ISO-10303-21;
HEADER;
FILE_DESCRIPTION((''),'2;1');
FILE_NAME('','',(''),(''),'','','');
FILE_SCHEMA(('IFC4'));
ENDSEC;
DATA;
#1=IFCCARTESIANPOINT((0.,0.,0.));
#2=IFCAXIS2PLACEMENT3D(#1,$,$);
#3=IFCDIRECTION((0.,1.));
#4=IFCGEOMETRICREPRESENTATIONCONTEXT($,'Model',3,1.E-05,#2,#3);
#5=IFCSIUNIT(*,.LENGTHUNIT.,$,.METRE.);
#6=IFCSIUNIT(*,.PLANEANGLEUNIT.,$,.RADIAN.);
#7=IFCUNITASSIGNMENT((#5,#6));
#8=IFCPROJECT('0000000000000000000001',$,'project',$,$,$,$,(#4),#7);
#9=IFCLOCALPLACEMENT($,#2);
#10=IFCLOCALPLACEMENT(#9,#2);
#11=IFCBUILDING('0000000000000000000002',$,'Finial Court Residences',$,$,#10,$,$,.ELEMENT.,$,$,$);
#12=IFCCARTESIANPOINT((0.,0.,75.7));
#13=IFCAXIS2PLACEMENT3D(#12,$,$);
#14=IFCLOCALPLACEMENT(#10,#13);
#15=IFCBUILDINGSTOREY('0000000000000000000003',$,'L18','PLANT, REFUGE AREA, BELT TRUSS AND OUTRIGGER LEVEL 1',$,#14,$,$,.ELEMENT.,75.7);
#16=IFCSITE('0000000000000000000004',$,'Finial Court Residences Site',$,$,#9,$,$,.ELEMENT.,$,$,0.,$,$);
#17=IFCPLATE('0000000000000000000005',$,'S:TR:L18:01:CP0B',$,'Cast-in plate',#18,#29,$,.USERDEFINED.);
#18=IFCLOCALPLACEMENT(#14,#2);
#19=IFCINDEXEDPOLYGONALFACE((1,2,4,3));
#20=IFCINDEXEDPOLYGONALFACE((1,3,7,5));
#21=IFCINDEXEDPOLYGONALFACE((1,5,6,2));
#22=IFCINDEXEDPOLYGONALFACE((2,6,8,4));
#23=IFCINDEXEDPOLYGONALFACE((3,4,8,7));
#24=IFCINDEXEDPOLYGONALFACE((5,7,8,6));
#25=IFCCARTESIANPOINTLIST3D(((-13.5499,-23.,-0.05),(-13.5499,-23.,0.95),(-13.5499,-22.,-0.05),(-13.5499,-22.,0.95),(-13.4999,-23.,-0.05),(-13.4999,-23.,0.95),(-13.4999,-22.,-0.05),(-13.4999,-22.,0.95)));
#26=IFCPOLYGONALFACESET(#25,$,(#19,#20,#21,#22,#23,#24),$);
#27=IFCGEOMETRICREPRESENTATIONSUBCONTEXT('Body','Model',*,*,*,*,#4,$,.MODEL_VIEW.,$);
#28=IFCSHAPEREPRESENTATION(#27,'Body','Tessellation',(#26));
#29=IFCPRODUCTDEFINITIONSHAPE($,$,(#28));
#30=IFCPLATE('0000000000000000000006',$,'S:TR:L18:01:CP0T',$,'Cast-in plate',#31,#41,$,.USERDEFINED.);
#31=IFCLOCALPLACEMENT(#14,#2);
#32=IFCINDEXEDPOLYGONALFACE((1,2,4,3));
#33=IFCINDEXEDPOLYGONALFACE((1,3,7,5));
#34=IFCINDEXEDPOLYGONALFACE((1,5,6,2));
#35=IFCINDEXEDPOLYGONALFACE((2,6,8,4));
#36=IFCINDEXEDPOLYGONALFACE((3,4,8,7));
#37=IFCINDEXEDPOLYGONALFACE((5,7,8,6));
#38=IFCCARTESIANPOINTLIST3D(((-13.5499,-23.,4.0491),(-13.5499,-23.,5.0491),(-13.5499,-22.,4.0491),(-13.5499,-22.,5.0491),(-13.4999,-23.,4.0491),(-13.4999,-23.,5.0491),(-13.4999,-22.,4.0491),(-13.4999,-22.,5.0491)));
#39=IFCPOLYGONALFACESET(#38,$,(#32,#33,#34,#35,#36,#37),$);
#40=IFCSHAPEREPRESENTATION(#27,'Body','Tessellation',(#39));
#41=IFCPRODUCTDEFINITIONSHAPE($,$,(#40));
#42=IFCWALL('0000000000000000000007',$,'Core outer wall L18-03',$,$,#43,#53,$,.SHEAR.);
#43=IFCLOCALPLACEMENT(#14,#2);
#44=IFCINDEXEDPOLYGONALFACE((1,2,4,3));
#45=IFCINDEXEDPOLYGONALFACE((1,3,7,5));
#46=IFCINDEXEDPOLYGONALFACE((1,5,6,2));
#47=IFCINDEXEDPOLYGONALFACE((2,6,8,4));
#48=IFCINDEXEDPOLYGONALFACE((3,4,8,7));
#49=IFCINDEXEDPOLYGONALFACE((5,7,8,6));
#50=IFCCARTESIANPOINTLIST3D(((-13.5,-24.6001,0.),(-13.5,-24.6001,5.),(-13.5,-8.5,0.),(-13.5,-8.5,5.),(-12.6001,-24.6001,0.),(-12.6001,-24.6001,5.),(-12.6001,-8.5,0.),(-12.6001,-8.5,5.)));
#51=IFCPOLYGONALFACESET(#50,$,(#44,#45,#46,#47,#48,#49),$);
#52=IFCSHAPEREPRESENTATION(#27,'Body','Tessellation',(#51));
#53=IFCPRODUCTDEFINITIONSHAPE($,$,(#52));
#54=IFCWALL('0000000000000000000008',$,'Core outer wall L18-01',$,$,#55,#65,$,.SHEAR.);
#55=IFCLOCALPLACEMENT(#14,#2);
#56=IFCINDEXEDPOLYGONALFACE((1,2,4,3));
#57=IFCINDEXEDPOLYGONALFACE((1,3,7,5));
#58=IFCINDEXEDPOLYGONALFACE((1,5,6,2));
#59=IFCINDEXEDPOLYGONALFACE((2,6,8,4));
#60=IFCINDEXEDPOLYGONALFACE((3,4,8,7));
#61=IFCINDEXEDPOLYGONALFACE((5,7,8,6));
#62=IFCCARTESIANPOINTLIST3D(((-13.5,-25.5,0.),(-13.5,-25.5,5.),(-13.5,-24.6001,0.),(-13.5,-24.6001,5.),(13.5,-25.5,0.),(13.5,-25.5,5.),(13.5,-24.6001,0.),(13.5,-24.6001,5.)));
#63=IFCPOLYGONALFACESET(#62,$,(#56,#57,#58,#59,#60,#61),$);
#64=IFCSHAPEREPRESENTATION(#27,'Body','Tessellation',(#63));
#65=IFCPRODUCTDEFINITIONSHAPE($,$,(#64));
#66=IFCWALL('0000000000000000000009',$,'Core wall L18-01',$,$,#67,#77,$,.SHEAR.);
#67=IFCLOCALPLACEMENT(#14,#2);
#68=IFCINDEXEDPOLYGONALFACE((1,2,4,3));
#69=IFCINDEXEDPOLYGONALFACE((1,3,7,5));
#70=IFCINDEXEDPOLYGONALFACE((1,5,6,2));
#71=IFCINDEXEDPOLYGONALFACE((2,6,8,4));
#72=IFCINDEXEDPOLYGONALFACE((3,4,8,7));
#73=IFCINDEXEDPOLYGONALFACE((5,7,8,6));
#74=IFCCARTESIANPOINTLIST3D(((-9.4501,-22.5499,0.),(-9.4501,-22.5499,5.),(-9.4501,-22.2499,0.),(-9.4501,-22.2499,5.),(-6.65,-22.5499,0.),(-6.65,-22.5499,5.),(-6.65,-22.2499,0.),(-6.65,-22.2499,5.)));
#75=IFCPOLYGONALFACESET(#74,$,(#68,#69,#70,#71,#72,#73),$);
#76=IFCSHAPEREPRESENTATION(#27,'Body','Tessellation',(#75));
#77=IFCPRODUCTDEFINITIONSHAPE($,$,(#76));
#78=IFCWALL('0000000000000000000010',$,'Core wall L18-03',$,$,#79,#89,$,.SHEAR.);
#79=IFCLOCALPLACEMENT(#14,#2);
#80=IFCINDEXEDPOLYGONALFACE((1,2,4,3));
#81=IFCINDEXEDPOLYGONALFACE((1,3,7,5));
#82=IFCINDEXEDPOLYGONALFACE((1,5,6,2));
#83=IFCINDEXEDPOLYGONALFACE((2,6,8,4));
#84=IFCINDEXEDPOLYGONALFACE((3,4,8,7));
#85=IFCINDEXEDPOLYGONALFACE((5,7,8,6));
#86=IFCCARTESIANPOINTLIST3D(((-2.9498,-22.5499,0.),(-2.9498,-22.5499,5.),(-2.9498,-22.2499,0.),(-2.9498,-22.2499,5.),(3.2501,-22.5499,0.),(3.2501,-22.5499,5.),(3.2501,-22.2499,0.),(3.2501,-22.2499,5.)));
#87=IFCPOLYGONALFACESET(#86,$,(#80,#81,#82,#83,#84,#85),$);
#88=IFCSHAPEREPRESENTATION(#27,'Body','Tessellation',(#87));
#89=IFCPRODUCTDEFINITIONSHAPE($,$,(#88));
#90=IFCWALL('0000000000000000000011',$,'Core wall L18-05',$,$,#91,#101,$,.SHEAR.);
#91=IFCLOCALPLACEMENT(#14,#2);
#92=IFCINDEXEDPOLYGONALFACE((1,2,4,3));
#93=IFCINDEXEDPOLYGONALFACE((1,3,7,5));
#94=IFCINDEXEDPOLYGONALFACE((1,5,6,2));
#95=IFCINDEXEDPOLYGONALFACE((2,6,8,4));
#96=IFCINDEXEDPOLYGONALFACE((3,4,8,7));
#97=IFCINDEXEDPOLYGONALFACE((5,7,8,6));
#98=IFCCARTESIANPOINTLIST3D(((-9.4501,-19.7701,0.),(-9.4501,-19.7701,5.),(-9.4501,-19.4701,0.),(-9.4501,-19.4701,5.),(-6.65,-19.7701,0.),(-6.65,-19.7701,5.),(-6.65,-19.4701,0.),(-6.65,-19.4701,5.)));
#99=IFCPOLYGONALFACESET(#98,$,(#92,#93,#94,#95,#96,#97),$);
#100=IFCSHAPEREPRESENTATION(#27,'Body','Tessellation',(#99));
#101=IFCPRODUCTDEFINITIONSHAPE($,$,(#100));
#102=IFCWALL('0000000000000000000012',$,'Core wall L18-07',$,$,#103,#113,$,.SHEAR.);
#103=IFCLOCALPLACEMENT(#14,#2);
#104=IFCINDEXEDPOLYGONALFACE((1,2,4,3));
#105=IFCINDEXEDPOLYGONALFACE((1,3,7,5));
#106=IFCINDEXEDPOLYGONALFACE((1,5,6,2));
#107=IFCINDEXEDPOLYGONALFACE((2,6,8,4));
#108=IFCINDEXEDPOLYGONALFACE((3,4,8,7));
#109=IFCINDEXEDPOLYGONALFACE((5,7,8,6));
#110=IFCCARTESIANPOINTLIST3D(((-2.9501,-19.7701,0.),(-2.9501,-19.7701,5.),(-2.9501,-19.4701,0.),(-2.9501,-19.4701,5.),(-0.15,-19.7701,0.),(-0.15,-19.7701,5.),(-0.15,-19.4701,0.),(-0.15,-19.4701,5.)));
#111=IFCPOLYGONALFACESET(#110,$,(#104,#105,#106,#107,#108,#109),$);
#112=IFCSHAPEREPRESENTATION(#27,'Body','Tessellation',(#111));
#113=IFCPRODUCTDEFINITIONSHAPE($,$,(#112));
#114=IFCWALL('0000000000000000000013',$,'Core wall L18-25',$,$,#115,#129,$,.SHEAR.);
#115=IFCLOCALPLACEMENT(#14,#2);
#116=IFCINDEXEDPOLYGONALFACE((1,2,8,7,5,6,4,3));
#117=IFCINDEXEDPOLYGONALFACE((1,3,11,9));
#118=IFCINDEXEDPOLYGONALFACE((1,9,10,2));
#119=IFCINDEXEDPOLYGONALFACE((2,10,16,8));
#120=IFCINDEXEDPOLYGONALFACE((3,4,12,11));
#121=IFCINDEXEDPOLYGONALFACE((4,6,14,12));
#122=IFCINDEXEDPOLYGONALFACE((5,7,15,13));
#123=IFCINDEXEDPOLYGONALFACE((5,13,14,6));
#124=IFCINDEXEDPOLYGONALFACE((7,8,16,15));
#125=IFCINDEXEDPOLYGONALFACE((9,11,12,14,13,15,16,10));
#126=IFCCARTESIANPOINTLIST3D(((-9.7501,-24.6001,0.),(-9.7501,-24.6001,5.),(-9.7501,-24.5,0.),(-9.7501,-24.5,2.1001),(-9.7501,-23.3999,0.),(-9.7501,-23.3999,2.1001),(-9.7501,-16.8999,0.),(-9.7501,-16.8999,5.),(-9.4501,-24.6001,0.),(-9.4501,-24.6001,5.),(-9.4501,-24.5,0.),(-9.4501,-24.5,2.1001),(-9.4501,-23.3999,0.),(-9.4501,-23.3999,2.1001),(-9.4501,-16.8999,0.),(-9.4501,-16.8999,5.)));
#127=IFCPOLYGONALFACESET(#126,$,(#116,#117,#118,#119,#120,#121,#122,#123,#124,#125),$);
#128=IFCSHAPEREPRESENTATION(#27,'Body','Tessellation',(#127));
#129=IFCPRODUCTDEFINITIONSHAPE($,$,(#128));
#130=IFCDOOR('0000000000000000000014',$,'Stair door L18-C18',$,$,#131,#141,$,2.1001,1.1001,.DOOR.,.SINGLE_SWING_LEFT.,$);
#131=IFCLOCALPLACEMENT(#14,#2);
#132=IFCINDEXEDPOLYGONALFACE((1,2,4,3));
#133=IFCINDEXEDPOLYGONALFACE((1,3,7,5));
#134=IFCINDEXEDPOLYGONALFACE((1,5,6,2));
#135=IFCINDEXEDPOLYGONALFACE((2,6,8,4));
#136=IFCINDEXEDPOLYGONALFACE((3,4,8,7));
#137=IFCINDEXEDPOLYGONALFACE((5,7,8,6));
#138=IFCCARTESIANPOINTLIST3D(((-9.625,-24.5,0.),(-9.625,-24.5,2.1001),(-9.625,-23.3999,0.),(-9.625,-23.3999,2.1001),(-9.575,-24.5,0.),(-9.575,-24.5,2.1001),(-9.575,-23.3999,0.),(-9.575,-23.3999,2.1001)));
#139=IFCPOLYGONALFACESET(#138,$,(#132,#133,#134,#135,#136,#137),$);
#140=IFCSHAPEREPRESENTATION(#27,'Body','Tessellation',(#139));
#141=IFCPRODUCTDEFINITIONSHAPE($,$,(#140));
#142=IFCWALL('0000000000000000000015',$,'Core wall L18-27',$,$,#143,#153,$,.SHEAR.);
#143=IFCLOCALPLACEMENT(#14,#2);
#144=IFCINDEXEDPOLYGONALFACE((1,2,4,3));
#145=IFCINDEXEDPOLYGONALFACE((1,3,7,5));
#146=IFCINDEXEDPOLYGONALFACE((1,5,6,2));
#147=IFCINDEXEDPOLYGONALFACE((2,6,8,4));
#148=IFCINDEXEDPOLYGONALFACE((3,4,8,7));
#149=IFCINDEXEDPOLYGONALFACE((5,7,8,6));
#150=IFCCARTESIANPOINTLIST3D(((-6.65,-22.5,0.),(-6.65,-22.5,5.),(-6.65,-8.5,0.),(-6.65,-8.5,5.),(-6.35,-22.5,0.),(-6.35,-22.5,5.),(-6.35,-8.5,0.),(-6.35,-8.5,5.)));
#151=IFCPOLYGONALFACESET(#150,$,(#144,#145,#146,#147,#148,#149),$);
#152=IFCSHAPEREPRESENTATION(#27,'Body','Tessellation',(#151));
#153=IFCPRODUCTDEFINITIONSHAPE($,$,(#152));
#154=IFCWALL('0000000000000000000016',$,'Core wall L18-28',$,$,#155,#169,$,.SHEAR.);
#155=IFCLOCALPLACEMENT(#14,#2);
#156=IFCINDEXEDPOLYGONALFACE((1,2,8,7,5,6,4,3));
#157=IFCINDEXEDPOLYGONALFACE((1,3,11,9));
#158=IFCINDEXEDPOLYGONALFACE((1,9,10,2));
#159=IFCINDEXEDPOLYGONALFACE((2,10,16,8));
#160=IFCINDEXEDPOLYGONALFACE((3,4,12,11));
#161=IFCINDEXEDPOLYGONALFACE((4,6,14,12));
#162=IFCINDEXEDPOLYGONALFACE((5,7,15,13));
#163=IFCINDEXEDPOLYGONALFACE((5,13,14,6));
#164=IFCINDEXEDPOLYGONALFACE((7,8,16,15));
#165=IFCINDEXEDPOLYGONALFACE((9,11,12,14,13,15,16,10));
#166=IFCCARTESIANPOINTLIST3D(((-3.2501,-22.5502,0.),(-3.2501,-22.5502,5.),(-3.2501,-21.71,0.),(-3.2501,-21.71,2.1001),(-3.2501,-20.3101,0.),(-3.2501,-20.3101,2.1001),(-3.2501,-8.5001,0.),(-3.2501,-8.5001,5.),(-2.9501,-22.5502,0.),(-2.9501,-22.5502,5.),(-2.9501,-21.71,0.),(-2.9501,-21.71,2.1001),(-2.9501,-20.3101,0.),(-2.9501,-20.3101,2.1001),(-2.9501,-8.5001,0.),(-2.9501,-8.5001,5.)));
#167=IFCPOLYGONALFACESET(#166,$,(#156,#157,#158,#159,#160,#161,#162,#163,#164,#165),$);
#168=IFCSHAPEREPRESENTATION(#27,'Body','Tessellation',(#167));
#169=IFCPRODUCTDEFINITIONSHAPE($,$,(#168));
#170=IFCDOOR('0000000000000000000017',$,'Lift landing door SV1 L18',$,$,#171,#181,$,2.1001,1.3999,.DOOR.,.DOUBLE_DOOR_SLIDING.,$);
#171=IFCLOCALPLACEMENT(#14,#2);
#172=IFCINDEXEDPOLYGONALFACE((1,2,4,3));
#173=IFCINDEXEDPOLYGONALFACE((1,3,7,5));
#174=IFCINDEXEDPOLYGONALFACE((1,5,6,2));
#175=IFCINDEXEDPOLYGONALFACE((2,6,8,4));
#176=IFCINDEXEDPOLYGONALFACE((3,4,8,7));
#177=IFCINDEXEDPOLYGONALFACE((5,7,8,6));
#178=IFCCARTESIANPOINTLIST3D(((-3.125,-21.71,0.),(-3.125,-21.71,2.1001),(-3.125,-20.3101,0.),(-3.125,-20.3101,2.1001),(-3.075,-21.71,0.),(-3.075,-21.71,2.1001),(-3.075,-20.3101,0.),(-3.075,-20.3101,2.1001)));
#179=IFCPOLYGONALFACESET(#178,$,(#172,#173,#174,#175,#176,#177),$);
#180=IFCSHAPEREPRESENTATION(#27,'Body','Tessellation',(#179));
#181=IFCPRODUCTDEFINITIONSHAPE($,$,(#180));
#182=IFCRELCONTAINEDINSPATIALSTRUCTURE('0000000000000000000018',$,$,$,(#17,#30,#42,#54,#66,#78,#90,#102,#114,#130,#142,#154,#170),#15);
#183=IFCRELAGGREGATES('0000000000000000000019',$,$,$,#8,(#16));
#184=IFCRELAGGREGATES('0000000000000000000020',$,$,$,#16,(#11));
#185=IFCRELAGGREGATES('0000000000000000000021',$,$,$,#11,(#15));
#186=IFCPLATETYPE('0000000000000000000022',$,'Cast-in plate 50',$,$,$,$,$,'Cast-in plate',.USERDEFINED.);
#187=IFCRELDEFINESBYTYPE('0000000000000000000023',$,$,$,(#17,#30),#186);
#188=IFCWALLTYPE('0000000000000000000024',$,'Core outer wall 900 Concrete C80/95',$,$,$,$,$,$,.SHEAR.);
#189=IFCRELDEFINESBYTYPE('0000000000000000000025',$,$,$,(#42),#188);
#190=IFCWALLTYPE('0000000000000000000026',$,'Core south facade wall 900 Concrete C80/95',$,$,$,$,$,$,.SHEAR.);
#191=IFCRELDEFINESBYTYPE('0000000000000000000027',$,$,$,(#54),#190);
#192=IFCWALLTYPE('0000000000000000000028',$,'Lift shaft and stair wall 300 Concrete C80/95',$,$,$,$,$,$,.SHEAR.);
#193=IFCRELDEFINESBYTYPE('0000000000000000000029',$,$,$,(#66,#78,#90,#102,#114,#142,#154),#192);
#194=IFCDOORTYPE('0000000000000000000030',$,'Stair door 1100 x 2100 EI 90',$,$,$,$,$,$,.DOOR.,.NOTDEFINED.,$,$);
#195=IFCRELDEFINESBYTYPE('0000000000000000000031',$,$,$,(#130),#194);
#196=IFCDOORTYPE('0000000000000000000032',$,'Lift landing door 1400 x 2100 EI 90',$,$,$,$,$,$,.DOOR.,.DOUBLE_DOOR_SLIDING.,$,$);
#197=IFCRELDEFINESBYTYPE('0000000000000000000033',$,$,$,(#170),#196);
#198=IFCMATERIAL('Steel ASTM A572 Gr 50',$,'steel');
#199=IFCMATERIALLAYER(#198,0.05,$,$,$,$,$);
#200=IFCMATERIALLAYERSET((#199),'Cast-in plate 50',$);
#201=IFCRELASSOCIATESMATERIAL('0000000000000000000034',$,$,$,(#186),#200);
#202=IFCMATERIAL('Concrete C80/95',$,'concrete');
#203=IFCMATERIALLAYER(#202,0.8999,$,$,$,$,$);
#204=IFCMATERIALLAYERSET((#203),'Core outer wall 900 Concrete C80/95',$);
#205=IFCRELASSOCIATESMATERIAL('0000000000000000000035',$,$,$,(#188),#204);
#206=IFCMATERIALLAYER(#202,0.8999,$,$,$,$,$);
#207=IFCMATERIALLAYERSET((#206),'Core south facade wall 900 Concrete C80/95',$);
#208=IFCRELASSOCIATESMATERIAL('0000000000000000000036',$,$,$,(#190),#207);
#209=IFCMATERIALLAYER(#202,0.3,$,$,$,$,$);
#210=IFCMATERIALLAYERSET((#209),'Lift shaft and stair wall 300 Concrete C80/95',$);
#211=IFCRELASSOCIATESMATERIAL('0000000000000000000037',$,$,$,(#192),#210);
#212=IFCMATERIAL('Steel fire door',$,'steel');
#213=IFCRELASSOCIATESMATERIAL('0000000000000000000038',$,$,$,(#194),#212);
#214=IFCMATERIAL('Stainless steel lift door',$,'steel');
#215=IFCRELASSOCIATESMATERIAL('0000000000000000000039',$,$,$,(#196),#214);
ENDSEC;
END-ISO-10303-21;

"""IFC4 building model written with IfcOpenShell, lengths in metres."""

from ifc_helpers import new_model, si_unit, direction, frame, frame_2d, origin, origin_2d, place, context, subcontext, project, spatial, rectangle, extrude, material, layer, layer_set, type_object, element, fill, save


model = new_model("IFC4")

# Units and contexts
model_context = context("Model", 3, precision=1e-05, world=origin(), true_north=direction((0.0, 1.0)))
body_context = subcontext(model_context, "Body", "Model", "MODEL_VIEW")
ifc_project = project(units=[si_unit("LENGTHUNIT", "METRE"), si_unit("PLANEANGLEUNIT", "RADIAN")], contexts=[model_context])

# Site, building, storey
site_placement = place(None, origin())
site = spatial("IfcSite", under=ifc_project, at=site_placement, Name="Finial Court Residences Site", CompositionType="ELEMENT", RefElevation=0.0)
building_placement = place(site_placement, origin())
building = spatial("IfcBuilding", under=site, at=building_placement, Name="Finial Court Residences", CompositionType="ELEMENT")
storey_placement = place(building_placement, frame((0.0, 0.0, 75.7)))
storey = spatial("IfcBuildingStorey", under=building, at=storey_placement, Name="L18", Description="PLANT, REFUGE AREA, BELT TRUSS AND OUTRIGGER LEVEL 1", CompositionType="ELEMENT", Elevation=75.7)

# Plates
ifc_material_1 = material(Name="Steel ASTM A572 Gr 50", Category="steel")
ifc_layer_1 = layer(ifc_material_1, 0.05)
ifc_layer_set_1 = layer_set([ifc_layer_1], Name="Cast-in plate 50")
plate_type = type_object("IfcPlateType", Name="Cast-in plate 50", ElementType="Cast-in plate", PredefinedType="USERDEFINED", material=ifc_layer_set_1)
for number, where, z_axis, x_axis, name in (
    (1, (-13.5249, -22.5, -0.05), (0.0, 0.0, 1.0), (1.0, 0.0, 0.0), "S:TR:L18:01:CP0B"),
    (2, (-13.5249, -22.5, 4.0491), (0.0, 0.0, 1.0), (1.0, 0.0, 0.0), "S:TR:L18:01:CP0T"),
):
    element("IfcPlate", number, at=place(storey_placement, frame(where, z_axis=z_axis, x_axis=x_axis)), inside=storey, type_object=plate_type, Name=name, ObjectType="Cast-in plate", PredefinedType="USERDEFINED", context=body_context, shape_type="SweptSolid", body=[
        extrude(rectangle(XDim=0.05, YDim=1.0, at=origin_2d()), origin(), (0.0, 0.0, 1.0), 1.0),
    ])

# Walls
ifc_material_2 = material(Name="Concrete C80/95", Category="concrete")
ifc_layer_2 = layer(ifc_material_2, 0.8999)
ifc_layer_set_2 = layer_set([ifc_layer_2], Name="Core outer wall 900 Concrete C80/95")
wall_type_1 = type_object("IfcWallType", Name="Core outer wall 900 Concrete C80/95", PredefinedType="SHEAR", material=ifc_layer_set_2)
wall_1_placement = place(storey_placement, frame((-13.05, -24.6001, 0.0), z_axis=(0.0, 0.0, 1.0), x_axis=(0.0, 1.0, 0.0)))
element("IfcWall", 3, at=wall_1_placement, inside=storey, type_object=wall_type_1, Name="Core outer wall L18-03", PredefinedType="SHEAR", context=body_context, shape_type="SweptSolid", body=[
    extrude(rectangle(XDim=16.1001, YDim=0.8999, at=frame_2d((8.05, 0.0))), origin(), (0.0, 0.0, 1.0), 5.0),
])
ifc_layer_3 = layer(ifc_material_2, 0.8999)
ifc_layer_set_3 = layer_set([ifc_layer_3], Name="Core south facade wall 900 Concrete C80/95")
wall_type_2 = type_object("IfcWallType", Name="Core south facade wall 900 Concrete C80/95", PredefinedType="SHEAR", material=ifc_layer_set_3)
wall_2_placement = place(storey_placement, frame((-13.5, -25.05, 0.0), z_axis=(0.0, 0.0, 1.0), x_axis=(1.0, 0.0, 0.0)))
element("IfcWall", 4, at=wall_2_placement, inside=storey, type_object=wall_type_2, Name="Core outer wall L18-01", PredefinedType="SHEAR", context=body_context, shape_type="SweptSolid", body=[
    extrude(rectangle(XDim=27.0, YDim=0.8999, at=frame_2d((13.5, 0.0))), origin(), (0.0, 0.0, 1.0), 5.0),
])
ifc_layer_4 = layer(ifc_material_2, 0.3)
ifc_layer_set_4 = layer_set([ifc_layer_4], Name="Lift shaft and stair wall 300 Concrete C80/95")
wall_type_3 = type_object("IfcWallType", Name="Lift shaft and stair wall 300 Concrete C80/95", PredefinedType="SHEAR", material=ifc_layer_set_4)
wall_3_placement = place(storey_placement, frame((-9.45, -22.3999, 0.0), z_axis=(0.0, 0.0, 1.0), x_axis=(1.0, 0.0, 0.0)))
element("IfcWall", 5, at=wall_3_placement, inside=storey, type_object=wall_type_3, Name="Core wall L18-01", PredefinedType="SHEAR", context=body_context, shape_type="SweptSolid", body=[
    extrude(rectangle(XDim=2.8, YDim=0.3, at=frame_2d((1.3999, 0.0))), origin(), (0.0, 0.0, 1.0), 5.0),
])
wall_4_placement = place(storey_placement, frame((-2.95, -22.3999, 0.0), z_axis=(0.0, 0.0, 1.0), x_axis=(1.0, 0.0, 0.0)))
element("IfcWall", 6, at=wall_4_placement, inside=storey, type_object=wall_type_3, Name="Core wall L18-03", PredefinedType="SHEAR", context=body_context, shape_type="SweptSolid", body=[
    extrude(rectangle(XDim=6.2, YDim=0.3, at=frame_2d((3.1001, 0.0))), origin(), (0.0, 0.0, 1.0), 5.0),
])
for number, where, z_axis, x_axis, name in (
    (7, (-9.45, -19.6201, 0.0), (0.0, 0.0, 1.0), (1.0, 0.0, 0.0), "Core wall L18-05"),
    (8, (-2.95, -19.6201, 0.0), (0.0, 0.0, 1.0), (1.0, 0.0, 0.0), "Core wall L18-07"),
):
    element("IfcWall", number, at=place(storey_placement, frame(where, z_axis=z_axis, x_axis=x_axis)), inside=storey, type_object=wall_type_3, Name=name, PredefinedType="SHEAR", context=body_context, shape_type="SweptSolid", body=[
        extrude(rectangle(XDim=2.8, YDim=0.3, at=frame_2d((1.3999, 0.0))), origin(), (0.0, 0.0, 1.0), 5.0),
    ])

# Wall, opening, door
wall_5_placement = place(storey_placement, frame((-9.6001, -24.6001, 0.0), z_axis=(0.0, 0.0, 1.0), x_axis=(0.0, 1.0, 0.0)))
wall_5 = element("IfcWall", 9, at=wall_5_placement, inside=storey, type_object=wall_type_3, Name="Core wall L18-25", PredefinedType="SHEAR", context=body_context, shape_type="SweptSolid", body=[
    extrude(rectangle(XDim=7.7002, YDim=0.3, at=frame_2d((3.8501, 0.0))), origin(), (0.0, 0.0, 1.0), 5.0),
])
opening_1_placement = place(wall_5_placement, frame((0.1001, 0.0, 0.0)))
opening_1 = element("IfcOpeningElement", 10, at=opening_1_placement, cuts=wall_5, PredefinedType="OPENING", context=body_context, shape_type="SweptSolid", body=[
    extrude(rectangle(XDim=1.1001, YDim=2.1001, at=frame_2d((0.55, 1.05))), frame((0.0, 0.1599, 0.0), z_axis=(0.0, -1.0, 0.0), x_axis=(1.0, 0.0, 0.0)), (0.0, 0.0, 1.0), 0.3201),
])
ifc_material_3 = material(Name="Steel fire door", Category="steel")
door_type_1 = type_object("IfcDoorType", Name="Stair door 1100 x 2100 EI 90", OperationType="NOTDEFINED", PredefinedType="DOOR", material=ifc_material_3)
door_1_placement = place(opening_1_placement, origin())
door_1 = element("IfcDoor", 11, at=door_1_placement, inside=storey, type_object=door_type_1, Name="Stair door L18-C18", OperationType="SINGLE_SWING_LEFT", OverallHeight=2.1001, OverallWidth=1.1001, PredefinedType="DOOR", context=body_context, shape_type="SweptSolid", body=[
    extrude(rectangle(XDim=1.1001, YDim=2.1001, at=frame_2d((0.55, 1.05))), frame((0.0, 0.0249, 0.0), z_axis=(0.0, -1.0, 0.0), x_axis=(1.0, 0.0, 0.0)), (0.0, 0.0, 1.0), 0.05),
])
fill(opening_1, door_1)

# Wall
wall_6_placement = place(storey_placement, frame((-6.5, -22.5, 0.0), z_axis=(0.0, 0.0, 1.0), x_axis=(0.0, 1.0, 0.0)))
element("IfcWall", 12, at=wall_6_placement, inside=storey, type_object=wall_type_3, Name="Core wall L18-27", PredefinedType="SHEAR", context=body_context, shape_type="SweptSolid", body=[
    extrude(rectangle(XDim=14.0, YDim=0.3, at=frame_2d((7.0, 0.0))), origin(), (0.0, 0.0, 1.0), 5.0),
])

# Wall, opening, door
wall_7_placement = place(storey_placement, frame((-3.1001, -22.55, 0.0), z_axis=(0.0, 0.0, 1.0), x_axis=(0.0, 1.0, 0.0)))
wall_7 = element("IfcWall", 13, at=wall_7_placement, inside=storey, type_object=wall_type_3, Name="Core wall L18-28", PredefinedType="SHEAR", context=body_context, shape_type="SweptSolid", body=[
    extrude(rectangle(XDim=14.05, YDim=0.3, at=frame_2d((7.0249, 0.0))), origin(), (0.0, 0.0, 1.0), 5.0),
])
opening_2_placement = place(wall_7_placement, frame((0.8401, 0.0, 0.0)))
opening_2 = element("IfcOpeningElement", 14, at=opening_2_placement, cuts=wall_7, PredefinedType="OPENING", context=body_context, shape_type="SweptSolid", body=[
    extrude(rectangle(XDim=1.3999, YDim=2.1001, at=frame_2d((0.7, 1.05))), frame((0.0, 0.1599, 0.0), z_axis=(0.0, -1.0, 0.0), x_axis=(1.0, 0.0, 0.0)), (0.0, 0.0, 1.0), 0.3201),
])
ifc_material_4 = material(Name="Stainless steel lift door", Category="steel")
door_type_2 = type_object("IfcDoorType", Name="Lift landing door 1400 x 2100 EI 90", OperationType="DOUBLE_DOOR_SLIDING", PredefinedType="DOOR", material=ifc_material_4)
door_2_placement = place(opening_2_placement, origin())
door_2 = element("IfcDoor", 15, at=door_2_placement, inside=storey, type_object=door_type_2, Name="Lift landing door SV1 L18", OperationType="DOUBLE_DOOR_SLIDING", OverallHeight=2.1001, OverallWidth=1.3999, PredefinedType="DOOR", context=body_context, shape_type="SweptSolid", body=[
    extrude(rectangle(XDim=1.3999, YDim=2.1001, at=frame_2d((0.7, 1.05))), frame((0.0, 0.0249, 0.0), z_axis=(0.0, -1.0, 0.0), x_axis=(1.0, 0.0, 0.0)), (0.0, 0.0, 1.0), 0.05),
])
fill(opening_2, door_2)

save(model, "model.ifc")
